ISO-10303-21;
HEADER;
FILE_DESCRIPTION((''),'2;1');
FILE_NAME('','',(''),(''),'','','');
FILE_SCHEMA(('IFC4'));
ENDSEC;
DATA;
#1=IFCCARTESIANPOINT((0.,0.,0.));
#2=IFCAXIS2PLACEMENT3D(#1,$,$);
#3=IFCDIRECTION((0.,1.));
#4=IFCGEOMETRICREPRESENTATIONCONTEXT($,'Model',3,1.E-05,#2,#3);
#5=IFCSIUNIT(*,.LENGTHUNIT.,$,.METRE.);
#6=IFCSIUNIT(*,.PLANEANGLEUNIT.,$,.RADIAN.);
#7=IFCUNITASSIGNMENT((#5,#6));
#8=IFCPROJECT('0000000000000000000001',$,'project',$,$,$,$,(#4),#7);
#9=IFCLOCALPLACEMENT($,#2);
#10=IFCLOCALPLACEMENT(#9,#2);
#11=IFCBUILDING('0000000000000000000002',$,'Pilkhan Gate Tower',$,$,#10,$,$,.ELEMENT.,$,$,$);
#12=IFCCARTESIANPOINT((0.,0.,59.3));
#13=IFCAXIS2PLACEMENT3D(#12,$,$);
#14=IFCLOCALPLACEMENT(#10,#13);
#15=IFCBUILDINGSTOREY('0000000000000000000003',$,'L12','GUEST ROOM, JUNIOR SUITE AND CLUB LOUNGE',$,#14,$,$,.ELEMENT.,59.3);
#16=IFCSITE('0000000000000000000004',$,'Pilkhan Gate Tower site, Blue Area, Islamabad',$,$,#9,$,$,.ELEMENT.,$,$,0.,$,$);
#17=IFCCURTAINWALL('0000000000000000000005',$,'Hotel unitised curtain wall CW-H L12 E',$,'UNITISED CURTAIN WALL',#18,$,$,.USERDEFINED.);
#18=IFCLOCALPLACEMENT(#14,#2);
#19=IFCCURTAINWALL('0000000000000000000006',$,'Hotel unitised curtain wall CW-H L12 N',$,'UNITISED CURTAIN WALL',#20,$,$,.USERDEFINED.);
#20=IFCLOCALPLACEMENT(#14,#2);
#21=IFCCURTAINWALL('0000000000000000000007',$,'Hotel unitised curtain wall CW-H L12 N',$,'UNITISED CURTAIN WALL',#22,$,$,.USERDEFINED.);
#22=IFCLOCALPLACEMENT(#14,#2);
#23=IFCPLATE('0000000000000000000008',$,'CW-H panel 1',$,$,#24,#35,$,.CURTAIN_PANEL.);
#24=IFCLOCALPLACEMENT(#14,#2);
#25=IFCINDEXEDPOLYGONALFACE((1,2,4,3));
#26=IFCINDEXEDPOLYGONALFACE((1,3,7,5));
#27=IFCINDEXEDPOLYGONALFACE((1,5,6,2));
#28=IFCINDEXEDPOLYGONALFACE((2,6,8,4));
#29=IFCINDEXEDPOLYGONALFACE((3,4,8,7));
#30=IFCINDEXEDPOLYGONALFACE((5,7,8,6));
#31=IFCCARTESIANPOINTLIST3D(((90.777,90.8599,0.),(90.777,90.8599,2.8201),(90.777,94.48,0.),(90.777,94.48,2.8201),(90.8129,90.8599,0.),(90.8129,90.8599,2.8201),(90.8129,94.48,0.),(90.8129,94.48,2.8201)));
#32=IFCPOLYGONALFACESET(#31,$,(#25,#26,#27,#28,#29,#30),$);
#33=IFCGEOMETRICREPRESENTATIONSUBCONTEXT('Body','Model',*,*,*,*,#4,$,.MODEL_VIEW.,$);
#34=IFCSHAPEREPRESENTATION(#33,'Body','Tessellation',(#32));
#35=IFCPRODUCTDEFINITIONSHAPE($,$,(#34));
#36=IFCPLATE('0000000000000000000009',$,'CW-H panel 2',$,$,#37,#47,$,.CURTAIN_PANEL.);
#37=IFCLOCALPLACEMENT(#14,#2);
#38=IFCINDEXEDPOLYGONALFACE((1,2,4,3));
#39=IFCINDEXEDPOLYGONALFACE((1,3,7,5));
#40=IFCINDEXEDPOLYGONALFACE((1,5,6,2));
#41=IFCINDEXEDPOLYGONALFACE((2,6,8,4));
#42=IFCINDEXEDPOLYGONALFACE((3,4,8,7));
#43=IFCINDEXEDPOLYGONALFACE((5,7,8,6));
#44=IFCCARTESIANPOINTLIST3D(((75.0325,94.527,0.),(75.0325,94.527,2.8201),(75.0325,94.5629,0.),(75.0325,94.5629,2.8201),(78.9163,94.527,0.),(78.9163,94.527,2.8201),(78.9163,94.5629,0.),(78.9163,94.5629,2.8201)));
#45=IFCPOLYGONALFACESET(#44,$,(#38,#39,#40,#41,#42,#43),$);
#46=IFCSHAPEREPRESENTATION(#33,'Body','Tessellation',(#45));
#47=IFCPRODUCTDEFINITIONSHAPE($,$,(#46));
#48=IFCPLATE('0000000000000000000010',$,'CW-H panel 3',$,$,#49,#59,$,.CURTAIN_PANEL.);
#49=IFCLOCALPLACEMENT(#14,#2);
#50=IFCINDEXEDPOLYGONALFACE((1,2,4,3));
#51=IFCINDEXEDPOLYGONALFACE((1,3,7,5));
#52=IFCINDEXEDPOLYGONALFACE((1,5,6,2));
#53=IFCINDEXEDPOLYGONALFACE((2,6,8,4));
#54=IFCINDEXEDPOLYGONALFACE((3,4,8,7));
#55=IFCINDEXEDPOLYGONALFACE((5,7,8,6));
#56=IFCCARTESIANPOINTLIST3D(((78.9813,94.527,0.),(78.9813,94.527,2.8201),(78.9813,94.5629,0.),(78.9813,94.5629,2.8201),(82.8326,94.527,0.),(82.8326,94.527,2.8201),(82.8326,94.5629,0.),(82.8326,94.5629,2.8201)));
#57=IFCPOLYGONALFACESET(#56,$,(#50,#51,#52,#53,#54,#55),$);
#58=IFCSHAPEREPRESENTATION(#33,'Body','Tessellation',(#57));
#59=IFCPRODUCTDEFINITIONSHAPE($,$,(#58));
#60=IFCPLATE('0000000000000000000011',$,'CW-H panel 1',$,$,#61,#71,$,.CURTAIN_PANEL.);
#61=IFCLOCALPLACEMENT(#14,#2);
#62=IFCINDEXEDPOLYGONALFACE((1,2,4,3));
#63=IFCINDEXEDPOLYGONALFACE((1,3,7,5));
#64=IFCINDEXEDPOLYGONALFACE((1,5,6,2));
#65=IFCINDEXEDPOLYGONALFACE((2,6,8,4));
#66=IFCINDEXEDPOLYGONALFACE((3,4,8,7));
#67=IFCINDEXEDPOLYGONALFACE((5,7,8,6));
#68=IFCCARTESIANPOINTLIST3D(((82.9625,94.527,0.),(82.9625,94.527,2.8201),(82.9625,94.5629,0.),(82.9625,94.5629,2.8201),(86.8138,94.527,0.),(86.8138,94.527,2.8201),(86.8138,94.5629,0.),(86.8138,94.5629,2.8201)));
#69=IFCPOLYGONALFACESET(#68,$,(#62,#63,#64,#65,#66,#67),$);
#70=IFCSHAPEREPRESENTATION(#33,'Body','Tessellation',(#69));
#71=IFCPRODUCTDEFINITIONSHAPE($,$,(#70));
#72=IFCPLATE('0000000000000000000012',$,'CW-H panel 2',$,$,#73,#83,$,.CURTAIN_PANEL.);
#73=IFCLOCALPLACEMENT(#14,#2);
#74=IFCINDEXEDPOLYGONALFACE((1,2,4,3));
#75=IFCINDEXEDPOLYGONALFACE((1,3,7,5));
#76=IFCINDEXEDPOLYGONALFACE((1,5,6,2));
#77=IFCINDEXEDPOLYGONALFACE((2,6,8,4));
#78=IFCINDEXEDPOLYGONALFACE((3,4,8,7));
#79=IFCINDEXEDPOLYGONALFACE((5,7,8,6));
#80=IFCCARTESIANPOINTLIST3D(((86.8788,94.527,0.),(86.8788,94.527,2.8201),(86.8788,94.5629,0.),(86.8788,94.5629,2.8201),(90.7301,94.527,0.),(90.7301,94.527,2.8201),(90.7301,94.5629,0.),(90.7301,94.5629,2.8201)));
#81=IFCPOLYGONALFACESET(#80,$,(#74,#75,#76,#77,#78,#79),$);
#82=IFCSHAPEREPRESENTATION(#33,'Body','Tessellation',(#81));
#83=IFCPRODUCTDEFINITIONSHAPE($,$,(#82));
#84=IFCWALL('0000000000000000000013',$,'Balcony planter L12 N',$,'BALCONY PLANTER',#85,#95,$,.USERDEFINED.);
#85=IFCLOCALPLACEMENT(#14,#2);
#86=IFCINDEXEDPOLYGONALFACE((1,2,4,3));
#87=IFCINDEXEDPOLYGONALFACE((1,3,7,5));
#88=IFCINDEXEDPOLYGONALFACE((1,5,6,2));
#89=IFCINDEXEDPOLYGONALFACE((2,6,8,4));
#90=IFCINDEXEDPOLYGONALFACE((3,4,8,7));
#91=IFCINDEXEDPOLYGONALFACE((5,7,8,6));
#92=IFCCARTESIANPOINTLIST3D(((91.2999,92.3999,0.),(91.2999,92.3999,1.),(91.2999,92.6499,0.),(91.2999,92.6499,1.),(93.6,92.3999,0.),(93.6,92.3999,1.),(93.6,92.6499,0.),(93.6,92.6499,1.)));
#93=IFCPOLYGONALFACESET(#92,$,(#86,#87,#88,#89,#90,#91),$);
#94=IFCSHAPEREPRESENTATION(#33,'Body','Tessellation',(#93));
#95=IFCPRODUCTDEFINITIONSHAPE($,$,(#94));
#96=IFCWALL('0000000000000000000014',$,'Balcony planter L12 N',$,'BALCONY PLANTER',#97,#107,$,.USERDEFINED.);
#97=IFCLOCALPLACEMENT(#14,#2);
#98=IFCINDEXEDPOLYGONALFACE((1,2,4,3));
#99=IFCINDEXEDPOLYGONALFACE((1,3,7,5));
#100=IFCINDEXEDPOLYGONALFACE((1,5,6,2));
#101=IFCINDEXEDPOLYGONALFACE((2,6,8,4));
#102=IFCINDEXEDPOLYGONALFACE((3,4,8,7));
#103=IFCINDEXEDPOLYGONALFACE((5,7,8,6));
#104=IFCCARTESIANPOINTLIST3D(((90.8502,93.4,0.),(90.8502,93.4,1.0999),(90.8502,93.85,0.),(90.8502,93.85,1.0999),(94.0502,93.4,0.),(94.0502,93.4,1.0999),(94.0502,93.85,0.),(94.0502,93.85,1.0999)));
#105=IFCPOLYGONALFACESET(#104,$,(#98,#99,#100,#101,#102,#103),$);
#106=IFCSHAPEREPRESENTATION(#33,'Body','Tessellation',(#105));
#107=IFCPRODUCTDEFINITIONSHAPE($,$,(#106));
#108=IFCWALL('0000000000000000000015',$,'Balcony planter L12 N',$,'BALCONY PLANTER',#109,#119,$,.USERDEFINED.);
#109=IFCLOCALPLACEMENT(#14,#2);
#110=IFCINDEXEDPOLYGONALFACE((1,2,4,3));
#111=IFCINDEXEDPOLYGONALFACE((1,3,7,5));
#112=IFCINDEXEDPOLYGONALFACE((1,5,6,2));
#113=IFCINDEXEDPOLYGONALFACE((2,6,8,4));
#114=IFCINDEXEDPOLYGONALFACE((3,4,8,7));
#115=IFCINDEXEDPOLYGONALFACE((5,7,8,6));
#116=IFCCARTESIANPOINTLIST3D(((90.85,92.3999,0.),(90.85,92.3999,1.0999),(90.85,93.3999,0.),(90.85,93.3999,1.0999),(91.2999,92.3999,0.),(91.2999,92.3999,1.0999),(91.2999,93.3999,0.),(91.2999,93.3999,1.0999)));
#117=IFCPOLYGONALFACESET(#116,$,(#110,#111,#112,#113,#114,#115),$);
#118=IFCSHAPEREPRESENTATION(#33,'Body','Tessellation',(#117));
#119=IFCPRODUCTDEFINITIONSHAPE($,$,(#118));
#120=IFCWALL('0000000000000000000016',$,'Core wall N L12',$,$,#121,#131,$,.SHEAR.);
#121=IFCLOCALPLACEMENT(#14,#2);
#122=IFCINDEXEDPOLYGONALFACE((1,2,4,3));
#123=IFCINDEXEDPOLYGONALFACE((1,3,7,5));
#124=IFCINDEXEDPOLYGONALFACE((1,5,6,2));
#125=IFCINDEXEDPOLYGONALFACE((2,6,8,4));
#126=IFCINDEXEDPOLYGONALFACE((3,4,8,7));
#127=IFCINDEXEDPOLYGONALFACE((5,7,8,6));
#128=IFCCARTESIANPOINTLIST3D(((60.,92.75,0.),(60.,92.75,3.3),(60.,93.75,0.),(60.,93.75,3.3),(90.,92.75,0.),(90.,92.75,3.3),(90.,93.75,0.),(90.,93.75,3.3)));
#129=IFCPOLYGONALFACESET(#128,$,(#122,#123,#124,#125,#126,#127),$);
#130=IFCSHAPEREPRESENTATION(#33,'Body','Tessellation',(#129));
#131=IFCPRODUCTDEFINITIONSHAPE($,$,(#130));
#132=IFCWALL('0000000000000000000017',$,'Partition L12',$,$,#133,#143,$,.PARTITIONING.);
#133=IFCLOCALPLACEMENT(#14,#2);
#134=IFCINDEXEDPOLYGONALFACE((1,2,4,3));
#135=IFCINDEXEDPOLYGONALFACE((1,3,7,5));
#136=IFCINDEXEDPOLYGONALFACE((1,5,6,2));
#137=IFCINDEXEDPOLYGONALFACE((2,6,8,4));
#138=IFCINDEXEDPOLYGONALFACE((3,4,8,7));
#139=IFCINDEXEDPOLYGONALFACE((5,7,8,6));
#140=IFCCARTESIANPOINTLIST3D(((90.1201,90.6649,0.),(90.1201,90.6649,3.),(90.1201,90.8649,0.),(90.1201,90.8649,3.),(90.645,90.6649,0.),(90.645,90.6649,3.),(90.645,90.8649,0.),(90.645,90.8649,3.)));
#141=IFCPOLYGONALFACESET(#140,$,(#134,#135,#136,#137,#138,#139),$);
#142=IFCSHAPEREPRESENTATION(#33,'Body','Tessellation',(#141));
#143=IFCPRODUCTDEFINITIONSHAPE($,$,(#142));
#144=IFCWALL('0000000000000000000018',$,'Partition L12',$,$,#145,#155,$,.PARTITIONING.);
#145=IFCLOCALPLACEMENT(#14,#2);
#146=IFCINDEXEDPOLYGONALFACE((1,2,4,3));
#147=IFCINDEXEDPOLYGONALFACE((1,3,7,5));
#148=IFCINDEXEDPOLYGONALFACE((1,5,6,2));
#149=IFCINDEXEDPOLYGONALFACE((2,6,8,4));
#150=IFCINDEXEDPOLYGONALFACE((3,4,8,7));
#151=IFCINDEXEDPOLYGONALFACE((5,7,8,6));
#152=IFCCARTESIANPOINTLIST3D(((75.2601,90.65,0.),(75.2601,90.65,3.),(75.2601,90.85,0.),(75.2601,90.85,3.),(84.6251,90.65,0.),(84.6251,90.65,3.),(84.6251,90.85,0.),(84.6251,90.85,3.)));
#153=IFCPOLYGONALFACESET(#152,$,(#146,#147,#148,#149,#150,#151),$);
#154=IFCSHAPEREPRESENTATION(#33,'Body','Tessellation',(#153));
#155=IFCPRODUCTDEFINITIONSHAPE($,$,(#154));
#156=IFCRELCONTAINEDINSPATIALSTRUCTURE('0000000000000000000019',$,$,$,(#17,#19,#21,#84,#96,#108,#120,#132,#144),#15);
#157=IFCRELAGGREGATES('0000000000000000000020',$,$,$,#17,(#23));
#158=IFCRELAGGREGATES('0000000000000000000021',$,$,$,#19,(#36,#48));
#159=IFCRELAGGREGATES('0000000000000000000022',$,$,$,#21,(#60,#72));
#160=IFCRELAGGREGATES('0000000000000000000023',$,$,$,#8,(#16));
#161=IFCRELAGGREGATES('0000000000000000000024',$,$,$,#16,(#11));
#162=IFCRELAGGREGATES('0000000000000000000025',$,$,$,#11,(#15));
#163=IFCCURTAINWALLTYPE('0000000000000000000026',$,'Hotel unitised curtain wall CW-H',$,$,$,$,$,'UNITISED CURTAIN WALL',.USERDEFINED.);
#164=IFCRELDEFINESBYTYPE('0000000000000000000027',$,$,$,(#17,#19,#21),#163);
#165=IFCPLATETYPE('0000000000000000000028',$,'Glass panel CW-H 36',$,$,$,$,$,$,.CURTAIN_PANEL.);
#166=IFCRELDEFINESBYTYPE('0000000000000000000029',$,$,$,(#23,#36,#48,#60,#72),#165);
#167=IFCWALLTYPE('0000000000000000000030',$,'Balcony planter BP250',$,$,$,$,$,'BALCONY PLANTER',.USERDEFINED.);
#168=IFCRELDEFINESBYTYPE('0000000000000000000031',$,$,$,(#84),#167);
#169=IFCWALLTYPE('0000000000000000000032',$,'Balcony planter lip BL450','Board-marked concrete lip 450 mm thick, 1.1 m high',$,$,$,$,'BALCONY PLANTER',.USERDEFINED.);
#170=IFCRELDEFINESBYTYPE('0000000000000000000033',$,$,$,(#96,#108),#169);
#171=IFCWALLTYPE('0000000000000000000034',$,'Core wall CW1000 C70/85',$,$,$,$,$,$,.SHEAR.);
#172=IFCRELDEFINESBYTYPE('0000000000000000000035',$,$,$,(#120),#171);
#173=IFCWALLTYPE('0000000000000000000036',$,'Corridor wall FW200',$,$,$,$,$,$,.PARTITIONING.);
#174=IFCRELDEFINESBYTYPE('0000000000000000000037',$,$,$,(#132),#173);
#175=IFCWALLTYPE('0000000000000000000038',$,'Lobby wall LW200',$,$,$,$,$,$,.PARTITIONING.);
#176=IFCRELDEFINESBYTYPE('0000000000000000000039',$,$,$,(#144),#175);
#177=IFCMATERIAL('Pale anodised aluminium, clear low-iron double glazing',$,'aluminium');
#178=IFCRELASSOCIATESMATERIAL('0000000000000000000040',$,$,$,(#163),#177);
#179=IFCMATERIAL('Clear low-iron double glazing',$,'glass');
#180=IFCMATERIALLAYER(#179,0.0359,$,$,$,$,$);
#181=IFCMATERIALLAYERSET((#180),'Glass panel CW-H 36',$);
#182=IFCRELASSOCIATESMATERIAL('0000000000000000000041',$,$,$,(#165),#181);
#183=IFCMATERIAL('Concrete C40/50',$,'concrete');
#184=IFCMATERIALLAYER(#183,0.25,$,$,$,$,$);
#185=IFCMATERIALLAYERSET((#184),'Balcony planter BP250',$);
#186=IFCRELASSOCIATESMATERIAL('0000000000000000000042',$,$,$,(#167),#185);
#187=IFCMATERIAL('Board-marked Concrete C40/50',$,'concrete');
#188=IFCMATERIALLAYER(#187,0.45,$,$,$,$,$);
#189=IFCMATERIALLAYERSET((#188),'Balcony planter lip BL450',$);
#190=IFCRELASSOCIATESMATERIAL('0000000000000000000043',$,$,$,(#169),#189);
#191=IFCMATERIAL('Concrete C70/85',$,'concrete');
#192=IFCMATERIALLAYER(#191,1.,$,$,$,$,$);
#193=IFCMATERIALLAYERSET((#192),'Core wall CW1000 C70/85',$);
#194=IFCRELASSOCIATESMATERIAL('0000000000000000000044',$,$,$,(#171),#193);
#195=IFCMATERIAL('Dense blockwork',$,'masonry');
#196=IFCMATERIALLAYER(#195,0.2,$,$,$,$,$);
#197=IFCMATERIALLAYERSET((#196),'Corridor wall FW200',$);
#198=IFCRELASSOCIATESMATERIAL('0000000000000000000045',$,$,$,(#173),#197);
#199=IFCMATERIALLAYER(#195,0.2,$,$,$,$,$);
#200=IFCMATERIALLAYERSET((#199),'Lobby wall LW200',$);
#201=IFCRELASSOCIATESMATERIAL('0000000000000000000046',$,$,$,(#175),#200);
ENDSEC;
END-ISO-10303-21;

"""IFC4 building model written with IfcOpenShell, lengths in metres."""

from ifc_helpers import new_model, si_unit, direction, frame, frame_2d, origin, origin_2d, place, context, subcontext, project, spatial, rectangle, extrude, material, layer, layer_set, type_object, element, aggregate, save


model = new_model("IFC4")

# Units and contexts
model_context = context("Model", 3, precision=1e-05, world=origin(), true_north=direction((0.0, 1.0)))
body_context = subcontext(model_context, "Body", "Model", "MODEL_VIEW")
ifc_project = project(units=[si_unit("LENGTHUNIT", "METRE"), si_unit("PLANEANGLEUNIT", "RADIAN")], contexts=[model_context])

# Site, building, storey
site_placement = place(None, origin())
site = spatial("IfcSite", under=ifc_project, at=site_placement, Name="Pilkhan Gate Tower site, Blue Area, Islamabad", CompositionType="ELEMENT", RefElevation=0.0)
building_placement = place(site_placement, origin())
building = spatial("IfcBuilding", under=site, at=building_placement, Name="Pilkhan Gate Tower", CompositionType="ELEMENT")
storey_placement = place(building_placement, frame((0.0, 0.0, 59.3)))
storey = spatial("IfcBuildingStorey", under=building, at=storey_placement, Name="L12", Description="GUEST ROOM, JUNIOR SUITE AND CLUB LOUNGE", CompositionType="ELEMENT", Elevation=59.3)

# Curtain walls
ifc_material_1 = material(Name="Pale anodised aluminium, clear low-iron double glazing", Category="aluminium")
curtain_wall_type = type_object("IfcCurtainWallType", Name="Hotel unitised curtain wall CW-H", ElementType="UNITISED CURTAIN WALL", PredefinedType="USERDEFINED", material=ifc_material_1)
curtain_wall_1_placement = place(storey_placement, origin())
curtain_wall_1 = element("IfcCurtainWall", 1, at=curtain_wall_1_placement, inside=storey, type_object=curtain_wall_type, Name="Hotel unitised curtain wall CW-H L12 E", ObjectType="UNITISED CURTAIN WALL", PredefinedType="USERDEFINED")
curtain_wall_2_placement = place(storey_placement, origin())
curtain_wall_2 = element("IfcCurtainWall", 2, at=curtain_wall_2_placement, inside=storey, type_object=curtain_wall_type, Name="Hotel unitised curtain wall CW-H L12 N", ObjectType="UNITISED CURTAIN WALL", PredefinedType="USERDEFINED")
curtain_wall_3_placement = place(storey_placement, origin())
curtain_wall_3 = element("IfcCurtainWall", 3, at=curtain_wall_3_placement, inside=storey, type_object=curtain_wall_type, Name="Hotel unitised curtain wall CW-H L12 N", ObjectType="UNITISED CURTAIN WALL", PredefinedType="USERDEFINED")

# Plates
ifc_material_2 = material(Name="Clear low-iron double glazing", Category="glass")
ifc_layer_1 = layer(ifc_material_2, 0.0359)
ifc_layer_set_1 = layer_set([ifc_layer_1], Name="Glass panel CW-H 36")
plate_type = type_object("IfcPlateType", Name="Glass panel CW-H 36", PredefinedType="CURTAIN_PANEL", material=ifc_layer_set_1)
plate_1_placement = place(storey_placement, frame((90.7949, 92.6699, 0.0), z_axis=(0.0, 0.0, 1.0), x_axis=(0.0, 1.0, 0.0)))
plate_1 = element("IfcPlate", 4, at=plate_1_placement, type_object=plate_type, Name="CW-H panel 1", PredefinedType="CURTAIN_PANEL", context=body_context, shape_type="SweptSolid", body=[
    extrude(rectangle(XDim=3.6201, YDim=0.0359, at=origin_2d()), origin(), (0.0, 0.0, 1.0), 2.8201),
])
aggregate(curtain_wall_1, [plate_1])
plate_2_placement = place(storey_placement, frame((76.9744, 94.5449, 0.0), z_axis=(0.0, 0.0, 1.0), x_axis=(1.0, 0.0, 0.0)))
plate_2 = element("IfcPlate", 5, at=plate_2_placement, type_object=plate_type, Name="CW-H panel 2", PredefinedType="CURTAIN_PANEL", context=body_context, shape_type="SweptSolid", body=[
    extrude(rectangle(XDim=3.8838, YDim=0.0359, at=origin_2d()), origin(), (0.0, 0.0, 1.0), 2.8201),
])
plate_3_placement = place(storey_placement, frame((80.907, 94.5449, 0.0), z_axis=(0.0, 0.0, 1.0), x_axis=(1.0, 0.0, 0.0)))
plate_3 = element("IfcPlate", 6, at=plate_3_placement, type_object=plate_type, Name="CW-H panel 3", PredefinedType="CURTAIN_PANEL", context=body_context, shape_type="SweptSolid", body=[
    extrude(rectangle(XDim=3.8513, YDim=0.0359, at=origin_2d()), origin(), (0.0, 0.0, 1.0), 2.8201),
])
aggregate(curtain_wall_2, [plate_2, plate_3])
plate_4_placement = place(storey_placement, frame((84.8882, 94.5449, 0.0), z_axis=(0.0, 0.0, 1.0), x_axis=(1.0, 0.0, 0.0)))
plate_4 = element("IfcPlate", 7, at=plate_4_placement, type_object=plate_type, Name="CW-H panel 1", PredefinedType="CURTAIN_PANEL", context=body_context, shape_type="SweptSolid", body=[
    extrude(rectangle(XDim=3.8513, YDim=0.0359, at=origin_2d()), origin(), (0.0, 0.0, 1.0), 2.8201),
])
plate_5_placement = place(storey_placement, frame((88.8044, 94.5449, 0.0), z_axis=(0.0, 0.0, 1.0), x_axis=(1.0, 0.0, 0.0)))
plate_5 = element("IfcPlate", 8, at=plate_5_placement, type_object=plate_type, Name="CW-H panel 2", PredefinedType="CURTAIN_PANEL", context=body_context, shape_type="SweptSolid", body=[
    extrude(rectangle(XDim=3.8513, YDim=0.0359, at=origin_2d()), origin(), (0.0, 0.0, 1.0), 2.8201),
])
aggregate(curtain_wall_3, [plate_4, plate_5])

# Walls
ifc_material_3 = material(Name="Concrete C40/50", Category="concrete")
ifc_layer_2 = layer(ifc_material_3, 0.25)
ifc_layer_set_2 = layer_set([ifc_layer_2], Name="Balcony planter BP250")
wall_type_1 = type_object("IfcWallType", Name="Balcony planter BP250", ElementType="BALCONY PLANTER", PredefinedType="USERDEFINED", material=ifc_layer_set_2)
wall_1_placement = place(storey_placement, frame((91.3, 92.5249, 0.0), z_axis=(0.0, 0.0, 1.0), x_axis=(1.0, 0.0, 0.0)))
element("IfcWall", 9, at=wall_1_placement, inside=storey, type_object=wall_type_1, Name="Balcony planter L12 N", ObjectType="BALCONY PLANTER", PredefinedType="USERDEFINED", context=body_context, shape_type="SweptSolid", body=[
    extrude(rectangle(XDim=2.3, YDim=0.25, at=frame_2d((1.1499, 0.0))), origin(), (0.0, 0.0, 1.0), 1.0),
])
ifc_material_4 = material(Name="Board-marked Concrete C40/50", Category="concrete")
ifc_layer_3 = layer(ifc_material_4, 0.45)
ifc_layer_set_3 = layer_set([ifc_layer_3], Name="Balcony planter lip BL450")
wall_type_2 = type_object("IfcWallType", Name="Balcony planter lip BL450", Description="Board-marked concrete lip 450 mm thick, 1.1 m high", ElementType="BALCONY PLANTER", PredefinedType="USERDEFINED", material=ifc_layer_set_3)
wall_2_placement = place(storey_placement, frame((90.8501, 93.625, 0.0), z_axis=(0.0, 0.0, 1.0), x_axis=(1.0, 0.0, 0.0)))
element("IfcWall", 10, at=wall_2_placement, inside=storey, type_object=wall_type_2, Name="Balcony planter L12 N", ObjectType="BALCONY PLANTER", PredefinedType="USERDEFINED", context=body_context, shape_type="SweptSolid", body=[
    extrude(rectangle(XDim=3.2, YDim=0.45, at=frame_2d((1.6001, 0.0))), origin(), (0.0, 0.0, 1.0), 1.0999),
])
wall_3_placement = place(storey_placement, frame((91.075, 92.3999, 0.0), z_axis=(0.0, 0.0, 1.0), x_axis=(0.0, 1.0, 0.0)))
element("IfcWall", 11, at=wall_3_placement, inside=storey, type_object=wall_type_2, Name="Balcony planter L12 N", ObjectType="BALCONY PLANTER", PredefinedType="USERDEFINED", context=body_context, shape_type="SweptSolid", body=[
    extrude(rectangle(XDim=1.0, YDim=0.45, at=frame_2d((0.5, 0.0))), origin(), (0.0, 0.0, 1.0), 1.0999),
])
ifc_material_5 = material(Name="Concrete C70/85", Category="concrete")
ifc_layer_4 = layer(ifc_material_5, 1.0)
ifc_layer_set_4 = layer_set([ifc_layer_4], Name="Core wall CW1000 C70/85")
wall_type_3 = type_object("IfcWallType", Name="Core wall CW1000 C70/85", PredefinedType="SHEAR", material=ifc_layer_set_4)
wall_4_placement = place(storey_placement, frame((90.0, 93.25, 0.0), z_axis=(0.0, 0.0, 1.0), x_axis=(-1.0, 0.0, 0.0)))
element("IfcWall", 12, at=wall_4_placement, inside=storey, type_object=wall_type_3, Name="Core wall N L12", PredefinedType="SHEAR", context=body_context, shape_type="SweptSolid", body=[
    extrude(rectangle(XDim=30.0, YDim=1.0, at=frame_2d((15.0, 0.0))), origin(), (0.0, 0.0, 1.0), 3.3),
])
ifc_material_6 = material(Name="Dense blockwork", Category="masonry")
ifc_layer_5 = layer(ifc_material_6, 0.2)
ifc_layer_set_5 = layer_set([ifc_layer_5], Name="Corridor wall FW200")
wall_type_4 = type_object("IfcWallType", Name="Corridor wall FW200", PredefinedType="PARTITIONING", material=ifc_layer_set_5)
wall_5_placement = place(storey_placement, frame((90.1201, 90.7649, 0.0), z_axis=(0.0, 0.0, 1.0), x_axis=(1.0, 0.0, 0.0)))
element("IfcWall", 13, at=wall_5_placement, inside=storey, type_object=wall_type_4, Name="Partition L12", PredefinedType="PARTITIONING", context=body_context, shape_type="SweptSolid", body=[
    extrude(rectangle(XDim=0.5249, YDim=0.2, at=frame_2d((0.2625, 0.0))), origin(), (0.0, 0.0, 1.0), 3.0),
])

# Wall
ifc_layer_6 = layer(ifc_material_6, 0.2)
ifc_layer_set_6 = layer_set([ifc_layer_6], Name="Lobby wall LW200")
wall_type_5 = type_object("IfcWallType", Name="Lobby wall LW200", PredefinedType="PARTITIONING", material=ifc_layer_set_6)
wall_6_placement = place(storey_placement, frame((75.26, 90.75, 0.0), z_axis=(0.0, 0.0, 1.0), x_axis=(1.0, 0.0, 0.0)))
element("IfcWall", 14, at=wall_6_placement, inside=storey, type_object=wall_type_5, Name="Partition L12", PredefinedType="PARTITIONING", context=body_context, shape_type="SweptSolid", body=[
    extrude(rectangle(XDim=9.365, YDim=0.2, at=frame_2d((4.6826, 0.0))), origin(), (0.0, 0.0, 1.0), 3.0),
])

save(model, "model.ifc")
